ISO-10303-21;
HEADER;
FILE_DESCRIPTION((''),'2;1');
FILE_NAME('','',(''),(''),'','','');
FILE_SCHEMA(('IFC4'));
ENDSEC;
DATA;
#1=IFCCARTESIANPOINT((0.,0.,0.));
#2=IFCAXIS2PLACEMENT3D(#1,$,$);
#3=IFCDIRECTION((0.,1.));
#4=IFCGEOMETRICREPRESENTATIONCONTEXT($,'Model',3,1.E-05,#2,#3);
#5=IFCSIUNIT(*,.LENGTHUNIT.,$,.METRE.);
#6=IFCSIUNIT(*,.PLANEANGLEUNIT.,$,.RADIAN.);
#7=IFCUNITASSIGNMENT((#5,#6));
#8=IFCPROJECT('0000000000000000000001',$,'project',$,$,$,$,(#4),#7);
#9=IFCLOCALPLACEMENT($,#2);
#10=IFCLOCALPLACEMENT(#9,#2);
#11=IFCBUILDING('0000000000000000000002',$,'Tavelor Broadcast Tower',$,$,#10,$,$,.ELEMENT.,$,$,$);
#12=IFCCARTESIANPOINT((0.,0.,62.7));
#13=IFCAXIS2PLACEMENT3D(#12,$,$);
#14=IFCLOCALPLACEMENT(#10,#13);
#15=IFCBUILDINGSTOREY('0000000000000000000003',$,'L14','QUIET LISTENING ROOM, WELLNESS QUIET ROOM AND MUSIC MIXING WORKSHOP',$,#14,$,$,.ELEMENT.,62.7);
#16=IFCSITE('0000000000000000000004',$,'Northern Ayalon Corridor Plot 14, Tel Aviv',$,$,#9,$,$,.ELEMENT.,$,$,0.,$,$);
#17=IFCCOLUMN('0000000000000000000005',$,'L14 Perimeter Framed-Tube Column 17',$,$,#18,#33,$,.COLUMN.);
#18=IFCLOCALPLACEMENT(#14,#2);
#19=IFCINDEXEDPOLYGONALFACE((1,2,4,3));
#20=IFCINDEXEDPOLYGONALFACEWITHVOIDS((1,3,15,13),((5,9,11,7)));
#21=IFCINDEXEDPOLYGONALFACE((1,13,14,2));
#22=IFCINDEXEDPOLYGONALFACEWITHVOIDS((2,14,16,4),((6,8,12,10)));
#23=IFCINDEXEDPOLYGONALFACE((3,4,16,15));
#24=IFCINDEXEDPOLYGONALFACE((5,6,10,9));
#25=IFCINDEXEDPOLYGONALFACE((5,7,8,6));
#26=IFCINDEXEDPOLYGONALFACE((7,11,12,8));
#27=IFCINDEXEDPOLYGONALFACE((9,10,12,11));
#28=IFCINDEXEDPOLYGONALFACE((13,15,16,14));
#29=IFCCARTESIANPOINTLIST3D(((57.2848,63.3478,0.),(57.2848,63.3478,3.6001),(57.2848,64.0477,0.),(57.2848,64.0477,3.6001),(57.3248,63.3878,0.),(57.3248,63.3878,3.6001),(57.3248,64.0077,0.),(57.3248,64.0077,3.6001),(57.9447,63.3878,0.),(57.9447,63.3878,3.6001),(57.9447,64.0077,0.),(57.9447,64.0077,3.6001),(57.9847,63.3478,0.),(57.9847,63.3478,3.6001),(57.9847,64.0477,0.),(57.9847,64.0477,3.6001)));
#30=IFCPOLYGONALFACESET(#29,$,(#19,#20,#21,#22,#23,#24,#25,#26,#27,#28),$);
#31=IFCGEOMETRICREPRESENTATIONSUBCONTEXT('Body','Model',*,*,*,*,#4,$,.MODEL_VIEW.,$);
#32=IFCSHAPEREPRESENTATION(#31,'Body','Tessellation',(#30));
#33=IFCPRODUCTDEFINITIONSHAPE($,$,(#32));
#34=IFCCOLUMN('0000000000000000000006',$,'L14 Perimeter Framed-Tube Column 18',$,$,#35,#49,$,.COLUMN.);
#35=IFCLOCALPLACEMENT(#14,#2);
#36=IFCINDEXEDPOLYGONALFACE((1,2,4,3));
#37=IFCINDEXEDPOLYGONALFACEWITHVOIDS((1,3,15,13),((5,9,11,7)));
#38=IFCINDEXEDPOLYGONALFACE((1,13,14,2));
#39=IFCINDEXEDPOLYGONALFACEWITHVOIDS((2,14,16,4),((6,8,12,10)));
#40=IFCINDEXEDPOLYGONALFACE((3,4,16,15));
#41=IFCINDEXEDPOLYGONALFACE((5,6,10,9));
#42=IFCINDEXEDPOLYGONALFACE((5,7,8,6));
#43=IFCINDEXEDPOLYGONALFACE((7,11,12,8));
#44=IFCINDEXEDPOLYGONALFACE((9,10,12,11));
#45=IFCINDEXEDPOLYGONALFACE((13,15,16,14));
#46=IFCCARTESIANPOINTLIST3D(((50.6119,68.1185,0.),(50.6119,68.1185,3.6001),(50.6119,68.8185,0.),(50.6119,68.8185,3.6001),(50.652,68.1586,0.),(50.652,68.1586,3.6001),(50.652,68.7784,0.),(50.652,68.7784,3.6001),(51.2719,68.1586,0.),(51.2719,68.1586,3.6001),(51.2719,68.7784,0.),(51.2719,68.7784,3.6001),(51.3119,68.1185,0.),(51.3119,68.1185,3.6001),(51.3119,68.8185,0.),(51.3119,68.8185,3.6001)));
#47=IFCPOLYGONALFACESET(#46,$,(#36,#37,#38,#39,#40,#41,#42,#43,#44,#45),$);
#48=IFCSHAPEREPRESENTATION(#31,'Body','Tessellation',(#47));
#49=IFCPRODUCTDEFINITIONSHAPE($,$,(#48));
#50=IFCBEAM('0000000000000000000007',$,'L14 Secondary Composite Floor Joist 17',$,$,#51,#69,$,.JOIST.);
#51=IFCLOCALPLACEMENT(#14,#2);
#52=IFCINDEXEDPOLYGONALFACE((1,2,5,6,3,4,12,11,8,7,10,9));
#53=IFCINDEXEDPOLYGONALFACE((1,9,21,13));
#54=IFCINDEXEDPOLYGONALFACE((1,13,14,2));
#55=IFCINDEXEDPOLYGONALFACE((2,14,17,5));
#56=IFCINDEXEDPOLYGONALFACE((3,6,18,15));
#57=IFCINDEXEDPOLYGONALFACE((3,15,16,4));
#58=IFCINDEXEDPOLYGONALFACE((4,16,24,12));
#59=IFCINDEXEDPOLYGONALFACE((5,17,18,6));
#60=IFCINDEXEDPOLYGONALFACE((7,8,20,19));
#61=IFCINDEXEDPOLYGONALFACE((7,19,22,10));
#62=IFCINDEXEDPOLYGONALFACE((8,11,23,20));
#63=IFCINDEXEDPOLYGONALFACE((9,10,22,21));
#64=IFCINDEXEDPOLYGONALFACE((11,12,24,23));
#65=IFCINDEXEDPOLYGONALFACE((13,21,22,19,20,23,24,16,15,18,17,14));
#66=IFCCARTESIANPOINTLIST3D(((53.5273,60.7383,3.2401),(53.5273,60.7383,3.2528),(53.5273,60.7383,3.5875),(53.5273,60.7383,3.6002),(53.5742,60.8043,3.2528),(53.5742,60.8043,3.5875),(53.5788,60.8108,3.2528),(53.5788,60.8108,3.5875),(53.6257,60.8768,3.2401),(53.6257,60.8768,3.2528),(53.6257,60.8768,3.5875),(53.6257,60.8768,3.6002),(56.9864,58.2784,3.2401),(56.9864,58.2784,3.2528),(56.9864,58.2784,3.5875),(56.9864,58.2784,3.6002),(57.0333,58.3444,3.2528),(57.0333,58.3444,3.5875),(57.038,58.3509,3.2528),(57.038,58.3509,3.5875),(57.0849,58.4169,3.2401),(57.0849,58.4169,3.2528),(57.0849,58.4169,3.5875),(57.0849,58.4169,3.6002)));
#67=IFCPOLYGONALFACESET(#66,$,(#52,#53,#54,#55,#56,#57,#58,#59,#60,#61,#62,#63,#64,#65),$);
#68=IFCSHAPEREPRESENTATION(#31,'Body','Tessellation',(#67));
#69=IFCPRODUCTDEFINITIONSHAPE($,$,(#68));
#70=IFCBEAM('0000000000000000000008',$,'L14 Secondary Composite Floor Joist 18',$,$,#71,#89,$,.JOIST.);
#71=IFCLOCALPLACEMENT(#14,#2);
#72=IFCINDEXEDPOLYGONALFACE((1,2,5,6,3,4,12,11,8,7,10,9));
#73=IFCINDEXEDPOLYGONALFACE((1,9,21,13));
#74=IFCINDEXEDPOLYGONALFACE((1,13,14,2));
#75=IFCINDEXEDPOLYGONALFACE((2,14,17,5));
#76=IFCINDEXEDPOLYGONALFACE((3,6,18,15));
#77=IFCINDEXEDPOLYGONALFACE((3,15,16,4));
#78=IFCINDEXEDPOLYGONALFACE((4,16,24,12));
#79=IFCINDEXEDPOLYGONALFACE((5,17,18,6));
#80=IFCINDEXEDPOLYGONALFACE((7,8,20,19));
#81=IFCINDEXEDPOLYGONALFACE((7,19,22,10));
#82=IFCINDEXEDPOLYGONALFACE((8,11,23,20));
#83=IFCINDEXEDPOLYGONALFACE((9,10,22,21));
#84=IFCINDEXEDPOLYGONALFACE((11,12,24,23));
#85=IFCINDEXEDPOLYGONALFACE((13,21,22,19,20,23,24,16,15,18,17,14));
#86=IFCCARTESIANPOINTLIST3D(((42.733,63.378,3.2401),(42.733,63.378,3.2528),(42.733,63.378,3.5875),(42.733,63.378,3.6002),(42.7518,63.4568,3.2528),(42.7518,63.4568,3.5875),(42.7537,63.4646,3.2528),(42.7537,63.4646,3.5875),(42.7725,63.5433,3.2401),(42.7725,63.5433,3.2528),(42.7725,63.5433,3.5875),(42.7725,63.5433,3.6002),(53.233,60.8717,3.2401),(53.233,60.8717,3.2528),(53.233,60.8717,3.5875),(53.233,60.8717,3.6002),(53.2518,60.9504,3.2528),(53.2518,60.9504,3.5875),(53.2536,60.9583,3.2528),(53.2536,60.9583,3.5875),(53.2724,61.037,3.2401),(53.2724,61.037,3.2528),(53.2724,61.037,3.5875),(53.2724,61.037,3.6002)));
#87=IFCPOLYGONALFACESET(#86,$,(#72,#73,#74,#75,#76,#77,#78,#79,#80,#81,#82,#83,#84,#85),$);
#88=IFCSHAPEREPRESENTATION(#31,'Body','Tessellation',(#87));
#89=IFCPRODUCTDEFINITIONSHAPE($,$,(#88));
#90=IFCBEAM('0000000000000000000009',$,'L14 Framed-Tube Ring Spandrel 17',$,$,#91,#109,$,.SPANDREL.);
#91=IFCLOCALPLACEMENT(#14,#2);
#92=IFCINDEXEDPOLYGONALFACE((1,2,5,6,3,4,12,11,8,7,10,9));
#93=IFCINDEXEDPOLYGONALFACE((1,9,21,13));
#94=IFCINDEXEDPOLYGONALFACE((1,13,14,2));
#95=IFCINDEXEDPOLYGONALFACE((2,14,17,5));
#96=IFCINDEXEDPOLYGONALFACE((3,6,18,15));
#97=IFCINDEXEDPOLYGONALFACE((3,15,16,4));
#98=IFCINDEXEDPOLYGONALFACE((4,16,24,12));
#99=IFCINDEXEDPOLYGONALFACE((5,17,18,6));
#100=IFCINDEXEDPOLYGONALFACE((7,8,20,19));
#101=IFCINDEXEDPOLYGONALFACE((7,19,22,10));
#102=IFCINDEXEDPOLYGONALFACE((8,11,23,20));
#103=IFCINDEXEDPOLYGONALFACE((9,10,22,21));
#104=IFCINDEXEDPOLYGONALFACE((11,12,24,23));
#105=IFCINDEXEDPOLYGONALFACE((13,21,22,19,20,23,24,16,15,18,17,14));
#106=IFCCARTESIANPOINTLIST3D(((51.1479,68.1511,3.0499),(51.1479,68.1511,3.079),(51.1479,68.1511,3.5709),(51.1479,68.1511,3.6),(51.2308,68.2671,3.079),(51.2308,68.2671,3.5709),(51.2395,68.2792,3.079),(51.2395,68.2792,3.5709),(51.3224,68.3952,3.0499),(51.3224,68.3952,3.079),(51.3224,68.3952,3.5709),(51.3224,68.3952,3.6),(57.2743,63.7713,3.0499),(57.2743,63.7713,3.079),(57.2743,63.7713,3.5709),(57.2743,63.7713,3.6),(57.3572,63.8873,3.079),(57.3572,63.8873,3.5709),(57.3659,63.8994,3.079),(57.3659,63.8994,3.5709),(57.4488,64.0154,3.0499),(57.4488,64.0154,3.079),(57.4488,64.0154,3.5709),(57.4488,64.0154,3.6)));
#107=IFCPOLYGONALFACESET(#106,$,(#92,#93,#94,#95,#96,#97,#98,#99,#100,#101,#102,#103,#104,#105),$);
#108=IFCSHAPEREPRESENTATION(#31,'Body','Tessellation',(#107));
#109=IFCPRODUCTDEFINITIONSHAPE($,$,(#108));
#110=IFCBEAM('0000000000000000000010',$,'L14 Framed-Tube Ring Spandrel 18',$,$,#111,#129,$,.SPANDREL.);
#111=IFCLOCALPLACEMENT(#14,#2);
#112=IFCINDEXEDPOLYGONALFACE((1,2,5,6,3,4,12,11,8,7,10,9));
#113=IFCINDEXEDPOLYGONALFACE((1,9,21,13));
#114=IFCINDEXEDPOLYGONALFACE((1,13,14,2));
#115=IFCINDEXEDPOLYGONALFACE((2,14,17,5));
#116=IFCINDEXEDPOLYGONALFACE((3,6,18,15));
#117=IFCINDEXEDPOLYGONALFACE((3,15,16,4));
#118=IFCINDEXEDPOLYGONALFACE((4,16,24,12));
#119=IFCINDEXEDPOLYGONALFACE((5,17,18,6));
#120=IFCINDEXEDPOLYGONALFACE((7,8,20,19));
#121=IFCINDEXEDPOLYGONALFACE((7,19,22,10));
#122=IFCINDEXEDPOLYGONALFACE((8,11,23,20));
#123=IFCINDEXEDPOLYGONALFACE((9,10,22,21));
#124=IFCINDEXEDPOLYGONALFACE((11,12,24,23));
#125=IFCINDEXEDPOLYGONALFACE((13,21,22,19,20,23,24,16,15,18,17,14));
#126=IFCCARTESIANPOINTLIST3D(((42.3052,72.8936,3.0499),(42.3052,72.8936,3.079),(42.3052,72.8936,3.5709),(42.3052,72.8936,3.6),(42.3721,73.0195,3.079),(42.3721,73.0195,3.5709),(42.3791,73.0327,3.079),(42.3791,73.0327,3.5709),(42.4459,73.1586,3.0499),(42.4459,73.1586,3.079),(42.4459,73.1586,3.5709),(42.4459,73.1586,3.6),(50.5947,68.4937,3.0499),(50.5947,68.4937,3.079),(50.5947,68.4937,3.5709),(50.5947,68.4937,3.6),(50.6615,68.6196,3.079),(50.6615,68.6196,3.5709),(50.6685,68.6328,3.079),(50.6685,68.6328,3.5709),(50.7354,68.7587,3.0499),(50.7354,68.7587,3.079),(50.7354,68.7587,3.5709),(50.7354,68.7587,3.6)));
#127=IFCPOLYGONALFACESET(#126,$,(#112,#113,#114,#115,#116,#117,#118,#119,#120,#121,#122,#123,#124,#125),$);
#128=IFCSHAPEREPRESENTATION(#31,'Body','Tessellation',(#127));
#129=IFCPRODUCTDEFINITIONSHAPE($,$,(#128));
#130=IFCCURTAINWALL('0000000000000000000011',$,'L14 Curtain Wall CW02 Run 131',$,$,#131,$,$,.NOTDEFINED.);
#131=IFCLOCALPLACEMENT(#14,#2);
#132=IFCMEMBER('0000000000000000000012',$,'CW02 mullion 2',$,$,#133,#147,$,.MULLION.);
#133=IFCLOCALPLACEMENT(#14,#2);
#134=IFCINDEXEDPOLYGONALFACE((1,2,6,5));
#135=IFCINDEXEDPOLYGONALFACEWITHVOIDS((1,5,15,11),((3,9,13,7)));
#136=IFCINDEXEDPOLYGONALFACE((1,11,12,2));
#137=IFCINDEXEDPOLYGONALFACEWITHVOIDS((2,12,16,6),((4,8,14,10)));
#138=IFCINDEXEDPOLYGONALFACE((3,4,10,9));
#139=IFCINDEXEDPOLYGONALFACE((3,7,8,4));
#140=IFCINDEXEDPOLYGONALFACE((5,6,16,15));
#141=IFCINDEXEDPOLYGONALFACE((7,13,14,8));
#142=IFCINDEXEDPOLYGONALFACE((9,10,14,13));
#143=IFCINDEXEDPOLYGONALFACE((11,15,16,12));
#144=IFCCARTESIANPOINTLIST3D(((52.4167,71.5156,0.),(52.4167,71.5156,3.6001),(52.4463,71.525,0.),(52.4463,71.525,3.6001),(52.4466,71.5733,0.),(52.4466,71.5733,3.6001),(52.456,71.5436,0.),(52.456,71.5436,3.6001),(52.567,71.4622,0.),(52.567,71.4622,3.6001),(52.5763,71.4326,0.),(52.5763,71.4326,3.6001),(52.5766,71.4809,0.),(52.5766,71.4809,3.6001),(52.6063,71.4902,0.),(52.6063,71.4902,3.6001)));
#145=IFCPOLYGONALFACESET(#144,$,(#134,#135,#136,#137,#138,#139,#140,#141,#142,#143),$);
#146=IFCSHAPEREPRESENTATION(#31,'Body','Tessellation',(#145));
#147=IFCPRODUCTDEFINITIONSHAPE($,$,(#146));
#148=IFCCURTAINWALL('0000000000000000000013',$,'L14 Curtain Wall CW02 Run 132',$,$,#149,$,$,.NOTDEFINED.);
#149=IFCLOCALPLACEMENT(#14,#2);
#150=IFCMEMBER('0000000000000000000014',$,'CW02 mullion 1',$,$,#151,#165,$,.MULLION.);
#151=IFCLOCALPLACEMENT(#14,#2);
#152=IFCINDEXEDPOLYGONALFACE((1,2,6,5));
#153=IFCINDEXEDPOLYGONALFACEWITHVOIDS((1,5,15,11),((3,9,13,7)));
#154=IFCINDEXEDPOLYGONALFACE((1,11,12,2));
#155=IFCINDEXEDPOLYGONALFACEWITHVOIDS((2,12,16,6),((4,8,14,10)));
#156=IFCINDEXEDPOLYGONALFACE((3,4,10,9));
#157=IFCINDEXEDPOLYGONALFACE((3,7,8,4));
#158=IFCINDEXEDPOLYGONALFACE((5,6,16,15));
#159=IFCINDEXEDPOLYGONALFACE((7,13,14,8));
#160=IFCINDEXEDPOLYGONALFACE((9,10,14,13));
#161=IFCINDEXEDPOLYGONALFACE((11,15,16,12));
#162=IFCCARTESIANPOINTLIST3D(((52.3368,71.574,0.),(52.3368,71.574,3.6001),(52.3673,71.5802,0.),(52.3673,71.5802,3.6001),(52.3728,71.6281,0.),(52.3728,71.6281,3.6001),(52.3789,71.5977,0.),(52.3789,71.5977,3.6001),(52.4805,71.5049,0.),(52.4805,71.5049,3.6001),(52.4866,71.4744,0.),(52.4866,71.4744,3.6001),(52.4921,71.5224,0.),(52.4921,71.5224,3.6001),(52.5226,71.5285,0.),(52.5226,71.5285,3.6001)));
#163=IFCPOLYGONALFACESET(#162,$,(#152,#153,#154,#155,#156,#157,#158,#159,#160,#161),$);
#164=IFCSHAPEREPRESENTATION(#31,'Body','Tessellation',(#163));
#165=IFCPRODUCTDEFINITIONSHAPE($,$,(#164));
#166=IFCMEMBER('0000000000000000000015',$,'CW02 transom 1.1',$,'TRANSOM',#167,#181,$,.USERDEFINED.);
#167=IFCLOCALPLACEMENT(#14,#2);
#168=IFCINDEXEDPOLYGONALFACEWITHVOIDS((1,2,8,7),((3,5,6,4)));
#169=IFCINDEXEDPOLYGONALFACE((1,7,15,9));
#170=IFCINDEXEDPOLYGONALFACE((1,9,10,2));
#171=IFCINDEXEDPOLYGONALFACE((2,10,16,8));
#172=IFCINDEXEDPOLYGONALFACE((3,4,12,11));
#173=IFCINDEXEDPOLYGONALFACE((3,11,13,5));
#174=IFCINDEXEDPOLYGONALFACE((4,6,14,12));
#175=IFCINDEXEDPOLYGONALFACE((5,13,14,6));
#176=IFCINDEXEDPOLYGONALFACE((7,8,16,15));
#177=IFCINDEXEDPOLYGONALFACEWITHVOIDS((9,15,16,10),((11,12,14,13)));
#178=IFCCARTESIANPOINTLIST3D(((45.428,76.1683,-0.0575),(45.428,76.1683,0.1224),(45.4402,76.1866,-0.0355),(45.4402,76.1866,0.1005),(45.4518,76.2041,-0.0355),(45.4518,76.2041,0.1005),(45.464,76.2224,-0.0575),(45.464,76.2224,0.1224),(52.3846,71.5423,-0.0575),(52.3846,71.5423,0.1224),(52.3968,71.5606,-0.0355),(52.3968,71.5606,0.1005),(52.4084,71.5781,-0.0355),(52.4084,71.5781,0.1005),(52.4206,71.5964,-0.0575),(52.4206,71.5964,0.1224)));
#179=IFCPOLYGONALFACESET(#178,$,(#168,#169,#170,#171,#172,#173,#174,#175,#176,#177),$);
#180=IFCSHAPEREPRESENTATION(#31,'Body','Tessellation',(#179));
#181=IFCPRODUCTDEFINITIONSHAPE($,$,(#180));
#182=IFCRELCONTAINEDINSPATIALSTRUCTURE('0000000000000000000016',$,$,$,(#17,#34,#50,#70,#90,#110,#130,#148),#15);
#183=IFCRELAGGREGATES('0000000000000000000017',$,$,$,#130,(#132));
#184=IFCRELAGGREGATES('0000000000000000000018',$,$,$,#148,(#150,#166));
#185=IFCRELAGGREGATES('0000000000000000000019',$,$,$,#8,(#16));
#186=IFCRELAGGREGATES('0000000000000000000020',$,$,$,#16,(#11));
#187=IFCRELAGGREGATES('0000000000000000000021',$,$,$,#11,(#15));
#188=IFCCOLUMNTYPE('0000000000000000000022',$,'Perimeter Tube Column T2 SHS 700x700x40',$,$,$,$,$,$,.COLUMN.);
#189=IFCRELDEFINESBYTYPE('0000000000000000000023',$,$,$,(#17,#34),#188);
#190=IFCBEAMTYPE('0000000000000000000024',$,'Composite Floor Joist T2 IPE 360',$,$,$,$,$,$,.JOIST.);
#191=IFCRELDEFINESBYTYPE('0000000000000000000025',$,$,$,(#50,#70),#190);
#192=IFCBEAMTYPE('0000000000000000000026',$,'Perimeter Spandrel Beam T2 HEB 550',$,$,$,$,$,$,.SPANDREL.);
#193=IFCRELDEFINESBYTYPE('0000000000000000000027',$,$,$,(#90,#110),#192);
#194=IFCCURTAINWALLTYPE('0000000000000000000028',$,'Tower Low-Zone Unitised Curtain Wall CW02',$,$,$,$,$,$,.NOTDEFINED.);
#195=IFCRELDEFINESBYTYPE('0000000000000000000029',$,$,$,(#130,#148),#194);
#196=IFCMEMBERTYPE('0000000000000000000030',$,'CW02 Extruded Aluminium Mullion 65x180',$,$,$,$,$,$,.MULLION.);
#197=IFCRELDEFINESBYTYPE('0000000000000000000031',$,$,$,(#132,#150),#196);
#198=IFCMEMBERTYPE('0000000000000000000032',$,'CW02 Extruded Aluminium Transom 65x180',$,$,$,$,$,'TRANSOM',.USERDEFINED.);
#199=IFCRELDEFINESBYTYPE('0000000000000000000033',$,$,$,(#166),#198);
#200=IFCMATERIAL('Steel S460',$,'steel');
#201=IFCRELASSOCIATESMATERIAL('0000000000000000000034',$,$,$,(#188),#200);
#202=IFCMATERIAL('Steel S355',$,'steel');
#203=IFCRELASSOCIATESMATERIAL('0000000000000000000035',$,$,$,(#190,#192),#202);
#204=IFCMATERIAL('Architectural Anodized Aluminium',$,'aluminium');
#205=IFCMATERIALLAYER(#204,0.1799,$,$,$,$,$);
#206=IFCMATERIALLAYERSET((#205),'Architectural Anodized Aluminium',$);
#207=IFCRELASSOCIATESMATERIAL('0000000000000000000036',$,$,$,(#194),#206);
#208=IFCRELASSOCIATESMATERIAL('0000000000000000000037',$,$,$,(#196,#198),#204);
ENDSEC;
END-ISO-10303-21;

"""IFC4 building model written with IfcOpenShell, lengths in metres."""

from ifc_helpers import new_model, si_unit, direction, frame, origin, origin_2d, place, context, subcontext, project, spatial, hollow_rectangle, i_section, extrude, source, transform, mapped, material, layer, layer_set, material_profile, profile_set, type_object, type_shapes, element, aggregate, save


model = new_model("IFC4")

# Units and contexts
model_context = context("Model", 3, precision=1e-05, world=origin(), true_north=direction((0.0, 1.0)))
body_context = subcontext(model_context, "Body", "Model", "MODEL_VIEW")
ifc_project = project(units=[si_unit("LENGTHUNIT", "METRE"), si_unit("PLANEANGLEUNIT", "RADIAN")], contexts=[model_context])

# Site, building, storey
site_placement = place(None, origin())
site = spatial("IfcSite", under=ifc_project, at=site_placement, Name="Northern Ayalon Corridor Plot 14, Tel Aviv", CompositionType="ELEMENT", RefElevation=0.0)
building_placement = place(site_placement, origin())
building = spatial("IfcBuilding", under=site, at=building_placement, Name="Tavelor Broadcast Tower", CompositionType="ELEMENT")
storey_placement = place(building_placement, frame((0.0, 0.0, 62.7)))
storey = spatial("IfcBuildingStorey", under=building, at=storey_placement, Name="L14", Description="QUIET LISTENING ROOM, WELLNESS QUIET ROOM AND MUSIC MIXING WORKSHOP", CompositionType="ELEMENT", Elevation=62.7)

# Columns
ifc_material_1 = material(Name="Steel S460", Category="steel")
ifc_material_profile_1 = material_profile(ifc_material_1, hollow_rectangle(XDim=0.7, YDim=0.7, WallThickness=0.04, at=origin_2d()), Name="SHS 700x700x40")
ifc_profile_set_1 = profile_set([ifc_material_profile_1], Name="Steel S460")
column_type = type_object("IfcColumnType", Name="Perimeter Tube Column T2 SHS 700x700x40", PredefinedType="COLUMN", material=ifc_profile_set_1)
for number, where, z_axis, x_axis, name in (
    (1, (57.6348, 63.6978, 0.0), (0.0, 0.0, 1.0), (1.0, 0.0, 0.0), "L14 Perimeter Framed-Tube Column 17"),
    (2, (50.9619, 68.4685, 0.0), (0.0, 0.0, 1.0), (1.0, 0.0, 0.0), "L14 Perimeter Framed-Tube Column 18"),
):
    element("IfcColumn", number, at=place(storey_placement, frame(where, z_axis=z_axis, x_axis=x_axis)), inside=storey, type_object=column_type, Name=name, PredefinedType="COLUMN", context=body_context, shape_type="SweptSolid", body=[
        extrude(hollow_rectangle(XDim=0.7, YDim=0.7, WallThickness=0.04, at=origin_2d()), origin(), (0.0, 0.0, 1.0), 3.6001),
    ])

# Beams
ifc_material_2 = material(Name="Steel S355", Category="steel")
ifc_material_profile_2 = material_profile(ifc_material_2, i_section(OverallWidth=0.1699, OverallDepth=0.3601, WebThickness=0.0081, FlangeThickness=0.0127, at=origin_2d()), Name="IPE 360")
ifc_profile_set_2 = profile_set([ifc_material_profile_2], Name="Steel S355")
beam_type_1 = type_object("IfcBeamType", Name="Composite Floor Joist T2 IPE 360", PredefinedType="JOIST", material=ifc_profile_set_2)
beam_1_placement = place(storey_placement, frame((57.0356, 58.3477, 3.4202), z_axis=(-0.814948, 0.579534, 0.0), x_axis=(-0.579534, -0.814948, 0.0)))
element("IfcBeam", 3, at=beam_1_placement, inside=storey, type_object=beam_type_1, Name="L14 Secondary Composite Floor Joist 17", PredefinedType="JOIST", context=body_context, shape_type="SweptSolid", body=[
    extrude(i_section(OverallWidth=0.1699, OverallDepth=0.3601, WebThickness=0.0081, FlangeThickness=0.0127, at=origin_2d()), origin(), (0.0, 0.0, 1.0), 4.2446),
])
beam_2_placement = place(storey_placement, frame((53.2527, 60.9543, 3.4202), z_axis=(-0.972674, 0.232177, 0.0), x_axis=(-0.232177, -0.972674, 0.0)))
element("IfcBeam", 4, at=beam_2_placement, inside=storey, type_object=beam_type_1, Name="L14 Secondary Composite Floor Joist 18", PredefinedType="JOIST", context=body_context, shape_type="SweptSolid", body=[
    extrude(i_section(OverallWidth=0.1699, OverallDepth=0.3601, WebThickness=0.0081, FlangeThickness=0.0127, at=origin_2d()), origin(), (0.0, 0.0, 1.0), 10.7949),
])
ifc_material_profile_3 = material_profile(ifc_material_2, i_section(OverallWidth=0.3, OverallDepth=0.55, WebThickness=0.0149, FlangeThickness=0.0291, at=origin_2d()), Name="HEB 550")
ifc_profile_set_3 = profile_set([ifc_material_profile_3], Name="Steel S355")
beam_type_2 = type_object("IfcBeamType", Name="Perimeter Spandrel Beam T2 HEB 550", PredefinedType="SPANDREL", material=ifc_profile_set_3)
beam_3_placement = place(storey_placement, frame((57.3616, 63.8933, 3.325), z_axis=(-0.813492, 0.581575, 0.0), x_axis=(-0.581575, -0.813492, 0.0)))
element("IfcBeam", 5, at=beam_3_placement, inside=storey, type_object=beam_type_2, Name="L14 Framed-Tube Ring Spandrel 17", PredefinedType="SPANDREL", context=body_context, shape_type="SweptSolid", body=[
    extrude(i_section(OverallWidth=0.3, OverallDepth=0.55, WebThickness=0.0149, FlangeThickness=0.0291, at=origin_2d()), origin(), (0.0, 0.0, 1.0), 7.531),
])
beam_4_placement = place(storey_placement, frame((50.665, 68.6262, 3.325), z_axis=(-0.883289, 0.468829, 0.0), x_axis=(-0.468829, -0.883289, 0.0)))
element("IfcBeam", 6, at=beam_4_placement, inside=storey, type_object=beam_type_2, Name="L14 Framed-Tube Ring Spandrel 18", PredefinedType="SPANDREL", context=body_context, shape_type="SweptSolid", body=[
    extrude(i_section(OverallWidth=0.3, OverallDepth=0.55, WebThickness=0.0149, FlangeThickness=0.0291, at=origin_2d()), origin(), (0.0, 0.0, 1.0), 9.3848),
])

# Curtain wall, member
ifc_material_3 = material(Name="Architectural Anodized Aluminium", Category="aluminium")
ifc_layer_1 = layer(ifc_material_3, 0.1799)
ifc_layer_set_1 = layer_set([ifc_layer_1], Name="Architectural Anodized Aluminium")
curtain_wall_type = type_object("IfcCurtainWallType", Name="Tower Low-Zone Unitised Curtain Wall CW02", PredefinedType="NOTDEFINED", material=ifc_layer_set_1)
curtain_wall_1_placement = place(storey_placement, origin())
curtain_wall_1 = element("IfcCurtainWall", 7, at=curtain_wall_1_placement, inside=storey, type_object=curtain_wall_type, Name="L14 Curtain Wall CW02 Run 131", PredefinedType="NOTDEFINED")
ifc_material_profile_4 = material_profile(ifc_material_3, hollow_rectangle(XDim=0.0649, YDim=0.1799, WallThickness=0.022, at=origin_2d()), Name="RHS 65x180x22")
ifc_profile_set_4 = profile_set([ifc_material_profile_4], Name="Architectural Anodized Aluminium")
member_type_1 = type_object("IfcMemberType", Name="CW02 Extruded Aluminium Mullion 65x180", PredefinedType="MULLION", material=ifc_profile_set_4)
shared_shape_1 = source(origin(), body_context, "Body", "SweptSolid", [
    extrude(hollow_rectangle(XDim=0.0649, YDim=0.1799, WallThickness=0.022, at=origin_2d()), origin(), (0.0, 0.0, 1.0), 3.6001),
])
type_shapes(member_type_1, [shared_shape_1])
member_1_placement = place(storey_placement, frame((52.5115, 71.5029, 0.0), z_axis=(0.0, 0.0, 1.0), x_axis=(-0.461451, -0.887166, 0.0)))
member_1 = element("IfcMember", 8, at=member_1_placement, type_object=member_type_1, Name="CW02 mullion 2", PredefinedType="MULLION", context=body_context, shape_type="MappedRepresentation", body=[
    mapped(shared_shape_1, transform((0.0, 0.0, 0.0), scale=1.0)),
])

# Curtain wall, members
curtain_wall_2_placement = place(storey_placement, origin())
curtain_wall_2 = element("IfcCurtainWall", 9, at=curtain_wall_2_placement, inside=storey, type_object=curtain_wall_type, Name="L14 Curtain Wall CW02 Run 132", PredefinedType="NOTDEFINED")
member_2_placement = place(storey_placement, frame((52.4297, 71.5513, 0.0), z_axis=(0.0, 0.0, 1.0), x_axis=(-0.553734, -0.832693, 0.0)))
member_2 = element("IfcMember", 10, at=member_2_placement, type_object=member_type_1, Name="CW02 mullion 1", PredefinedType="MULLION", context=body_context, shape_type="MappedRepresentation", body=[
    mapped(shared_shape_1, transform((0.0, 0.0, 0.0), scale=1.0)),
])
ifc_material_profile_5 = material_profile(ifc_material_3, hollow_rectangle(XDim=0.0649, YDim=0.1799, WallThickness=0.022, at=origin_2d()), Name="RHS 65x180x22")
ifc_profile_set_5 = profile_set([ifc_material_profile_5], Name="Architectural Anodized Aluminium")
member_type_2 = type_object("IfcMemberType", Name="CW02 Extruded Aluminium Transom 65x180", ElementType="TRANSOM", PredefinedType="USERDEFINED", material=ifc_profile_set_5)
shared_shape_2 = source(origin(), body_context, "Body", "SweptSolid", [
    extrude(hollow_rectangle(XDim=0.0649, YDim=0.1799, WallThickness=0.022, at=origin_2d()), origin(), (0.0, 0.0, 1.0), 8.3542),
])
type_shapes(member_type_2, [shared_shape_2])
member_3_placement = place(storey_placement, frame((52.4026, 71.5693, 0.0325), z_axis=(-0.832697, 0.553729, 0.0), x_axis=(-0.553729, -0.832697, 0.0)))
member_3 = element("IfcMember", 11, at=member_3_placement, type_object=member_type_2, Name="CW02 transom 1.1", ObjectType="TRANSOM", PredefinedType="USERDEFINED", context=body_context, shape_type="MappedRepresentation", body=[
    mapped(shared_shape_2, transform((0.0, 0.0, 0.0), scale=1.0)),
])

aggregate(curtain_wall_1, [member_1])
aggregate(curtain_wall_2, [member_2, member_3])

save(model, "model.ifc")
